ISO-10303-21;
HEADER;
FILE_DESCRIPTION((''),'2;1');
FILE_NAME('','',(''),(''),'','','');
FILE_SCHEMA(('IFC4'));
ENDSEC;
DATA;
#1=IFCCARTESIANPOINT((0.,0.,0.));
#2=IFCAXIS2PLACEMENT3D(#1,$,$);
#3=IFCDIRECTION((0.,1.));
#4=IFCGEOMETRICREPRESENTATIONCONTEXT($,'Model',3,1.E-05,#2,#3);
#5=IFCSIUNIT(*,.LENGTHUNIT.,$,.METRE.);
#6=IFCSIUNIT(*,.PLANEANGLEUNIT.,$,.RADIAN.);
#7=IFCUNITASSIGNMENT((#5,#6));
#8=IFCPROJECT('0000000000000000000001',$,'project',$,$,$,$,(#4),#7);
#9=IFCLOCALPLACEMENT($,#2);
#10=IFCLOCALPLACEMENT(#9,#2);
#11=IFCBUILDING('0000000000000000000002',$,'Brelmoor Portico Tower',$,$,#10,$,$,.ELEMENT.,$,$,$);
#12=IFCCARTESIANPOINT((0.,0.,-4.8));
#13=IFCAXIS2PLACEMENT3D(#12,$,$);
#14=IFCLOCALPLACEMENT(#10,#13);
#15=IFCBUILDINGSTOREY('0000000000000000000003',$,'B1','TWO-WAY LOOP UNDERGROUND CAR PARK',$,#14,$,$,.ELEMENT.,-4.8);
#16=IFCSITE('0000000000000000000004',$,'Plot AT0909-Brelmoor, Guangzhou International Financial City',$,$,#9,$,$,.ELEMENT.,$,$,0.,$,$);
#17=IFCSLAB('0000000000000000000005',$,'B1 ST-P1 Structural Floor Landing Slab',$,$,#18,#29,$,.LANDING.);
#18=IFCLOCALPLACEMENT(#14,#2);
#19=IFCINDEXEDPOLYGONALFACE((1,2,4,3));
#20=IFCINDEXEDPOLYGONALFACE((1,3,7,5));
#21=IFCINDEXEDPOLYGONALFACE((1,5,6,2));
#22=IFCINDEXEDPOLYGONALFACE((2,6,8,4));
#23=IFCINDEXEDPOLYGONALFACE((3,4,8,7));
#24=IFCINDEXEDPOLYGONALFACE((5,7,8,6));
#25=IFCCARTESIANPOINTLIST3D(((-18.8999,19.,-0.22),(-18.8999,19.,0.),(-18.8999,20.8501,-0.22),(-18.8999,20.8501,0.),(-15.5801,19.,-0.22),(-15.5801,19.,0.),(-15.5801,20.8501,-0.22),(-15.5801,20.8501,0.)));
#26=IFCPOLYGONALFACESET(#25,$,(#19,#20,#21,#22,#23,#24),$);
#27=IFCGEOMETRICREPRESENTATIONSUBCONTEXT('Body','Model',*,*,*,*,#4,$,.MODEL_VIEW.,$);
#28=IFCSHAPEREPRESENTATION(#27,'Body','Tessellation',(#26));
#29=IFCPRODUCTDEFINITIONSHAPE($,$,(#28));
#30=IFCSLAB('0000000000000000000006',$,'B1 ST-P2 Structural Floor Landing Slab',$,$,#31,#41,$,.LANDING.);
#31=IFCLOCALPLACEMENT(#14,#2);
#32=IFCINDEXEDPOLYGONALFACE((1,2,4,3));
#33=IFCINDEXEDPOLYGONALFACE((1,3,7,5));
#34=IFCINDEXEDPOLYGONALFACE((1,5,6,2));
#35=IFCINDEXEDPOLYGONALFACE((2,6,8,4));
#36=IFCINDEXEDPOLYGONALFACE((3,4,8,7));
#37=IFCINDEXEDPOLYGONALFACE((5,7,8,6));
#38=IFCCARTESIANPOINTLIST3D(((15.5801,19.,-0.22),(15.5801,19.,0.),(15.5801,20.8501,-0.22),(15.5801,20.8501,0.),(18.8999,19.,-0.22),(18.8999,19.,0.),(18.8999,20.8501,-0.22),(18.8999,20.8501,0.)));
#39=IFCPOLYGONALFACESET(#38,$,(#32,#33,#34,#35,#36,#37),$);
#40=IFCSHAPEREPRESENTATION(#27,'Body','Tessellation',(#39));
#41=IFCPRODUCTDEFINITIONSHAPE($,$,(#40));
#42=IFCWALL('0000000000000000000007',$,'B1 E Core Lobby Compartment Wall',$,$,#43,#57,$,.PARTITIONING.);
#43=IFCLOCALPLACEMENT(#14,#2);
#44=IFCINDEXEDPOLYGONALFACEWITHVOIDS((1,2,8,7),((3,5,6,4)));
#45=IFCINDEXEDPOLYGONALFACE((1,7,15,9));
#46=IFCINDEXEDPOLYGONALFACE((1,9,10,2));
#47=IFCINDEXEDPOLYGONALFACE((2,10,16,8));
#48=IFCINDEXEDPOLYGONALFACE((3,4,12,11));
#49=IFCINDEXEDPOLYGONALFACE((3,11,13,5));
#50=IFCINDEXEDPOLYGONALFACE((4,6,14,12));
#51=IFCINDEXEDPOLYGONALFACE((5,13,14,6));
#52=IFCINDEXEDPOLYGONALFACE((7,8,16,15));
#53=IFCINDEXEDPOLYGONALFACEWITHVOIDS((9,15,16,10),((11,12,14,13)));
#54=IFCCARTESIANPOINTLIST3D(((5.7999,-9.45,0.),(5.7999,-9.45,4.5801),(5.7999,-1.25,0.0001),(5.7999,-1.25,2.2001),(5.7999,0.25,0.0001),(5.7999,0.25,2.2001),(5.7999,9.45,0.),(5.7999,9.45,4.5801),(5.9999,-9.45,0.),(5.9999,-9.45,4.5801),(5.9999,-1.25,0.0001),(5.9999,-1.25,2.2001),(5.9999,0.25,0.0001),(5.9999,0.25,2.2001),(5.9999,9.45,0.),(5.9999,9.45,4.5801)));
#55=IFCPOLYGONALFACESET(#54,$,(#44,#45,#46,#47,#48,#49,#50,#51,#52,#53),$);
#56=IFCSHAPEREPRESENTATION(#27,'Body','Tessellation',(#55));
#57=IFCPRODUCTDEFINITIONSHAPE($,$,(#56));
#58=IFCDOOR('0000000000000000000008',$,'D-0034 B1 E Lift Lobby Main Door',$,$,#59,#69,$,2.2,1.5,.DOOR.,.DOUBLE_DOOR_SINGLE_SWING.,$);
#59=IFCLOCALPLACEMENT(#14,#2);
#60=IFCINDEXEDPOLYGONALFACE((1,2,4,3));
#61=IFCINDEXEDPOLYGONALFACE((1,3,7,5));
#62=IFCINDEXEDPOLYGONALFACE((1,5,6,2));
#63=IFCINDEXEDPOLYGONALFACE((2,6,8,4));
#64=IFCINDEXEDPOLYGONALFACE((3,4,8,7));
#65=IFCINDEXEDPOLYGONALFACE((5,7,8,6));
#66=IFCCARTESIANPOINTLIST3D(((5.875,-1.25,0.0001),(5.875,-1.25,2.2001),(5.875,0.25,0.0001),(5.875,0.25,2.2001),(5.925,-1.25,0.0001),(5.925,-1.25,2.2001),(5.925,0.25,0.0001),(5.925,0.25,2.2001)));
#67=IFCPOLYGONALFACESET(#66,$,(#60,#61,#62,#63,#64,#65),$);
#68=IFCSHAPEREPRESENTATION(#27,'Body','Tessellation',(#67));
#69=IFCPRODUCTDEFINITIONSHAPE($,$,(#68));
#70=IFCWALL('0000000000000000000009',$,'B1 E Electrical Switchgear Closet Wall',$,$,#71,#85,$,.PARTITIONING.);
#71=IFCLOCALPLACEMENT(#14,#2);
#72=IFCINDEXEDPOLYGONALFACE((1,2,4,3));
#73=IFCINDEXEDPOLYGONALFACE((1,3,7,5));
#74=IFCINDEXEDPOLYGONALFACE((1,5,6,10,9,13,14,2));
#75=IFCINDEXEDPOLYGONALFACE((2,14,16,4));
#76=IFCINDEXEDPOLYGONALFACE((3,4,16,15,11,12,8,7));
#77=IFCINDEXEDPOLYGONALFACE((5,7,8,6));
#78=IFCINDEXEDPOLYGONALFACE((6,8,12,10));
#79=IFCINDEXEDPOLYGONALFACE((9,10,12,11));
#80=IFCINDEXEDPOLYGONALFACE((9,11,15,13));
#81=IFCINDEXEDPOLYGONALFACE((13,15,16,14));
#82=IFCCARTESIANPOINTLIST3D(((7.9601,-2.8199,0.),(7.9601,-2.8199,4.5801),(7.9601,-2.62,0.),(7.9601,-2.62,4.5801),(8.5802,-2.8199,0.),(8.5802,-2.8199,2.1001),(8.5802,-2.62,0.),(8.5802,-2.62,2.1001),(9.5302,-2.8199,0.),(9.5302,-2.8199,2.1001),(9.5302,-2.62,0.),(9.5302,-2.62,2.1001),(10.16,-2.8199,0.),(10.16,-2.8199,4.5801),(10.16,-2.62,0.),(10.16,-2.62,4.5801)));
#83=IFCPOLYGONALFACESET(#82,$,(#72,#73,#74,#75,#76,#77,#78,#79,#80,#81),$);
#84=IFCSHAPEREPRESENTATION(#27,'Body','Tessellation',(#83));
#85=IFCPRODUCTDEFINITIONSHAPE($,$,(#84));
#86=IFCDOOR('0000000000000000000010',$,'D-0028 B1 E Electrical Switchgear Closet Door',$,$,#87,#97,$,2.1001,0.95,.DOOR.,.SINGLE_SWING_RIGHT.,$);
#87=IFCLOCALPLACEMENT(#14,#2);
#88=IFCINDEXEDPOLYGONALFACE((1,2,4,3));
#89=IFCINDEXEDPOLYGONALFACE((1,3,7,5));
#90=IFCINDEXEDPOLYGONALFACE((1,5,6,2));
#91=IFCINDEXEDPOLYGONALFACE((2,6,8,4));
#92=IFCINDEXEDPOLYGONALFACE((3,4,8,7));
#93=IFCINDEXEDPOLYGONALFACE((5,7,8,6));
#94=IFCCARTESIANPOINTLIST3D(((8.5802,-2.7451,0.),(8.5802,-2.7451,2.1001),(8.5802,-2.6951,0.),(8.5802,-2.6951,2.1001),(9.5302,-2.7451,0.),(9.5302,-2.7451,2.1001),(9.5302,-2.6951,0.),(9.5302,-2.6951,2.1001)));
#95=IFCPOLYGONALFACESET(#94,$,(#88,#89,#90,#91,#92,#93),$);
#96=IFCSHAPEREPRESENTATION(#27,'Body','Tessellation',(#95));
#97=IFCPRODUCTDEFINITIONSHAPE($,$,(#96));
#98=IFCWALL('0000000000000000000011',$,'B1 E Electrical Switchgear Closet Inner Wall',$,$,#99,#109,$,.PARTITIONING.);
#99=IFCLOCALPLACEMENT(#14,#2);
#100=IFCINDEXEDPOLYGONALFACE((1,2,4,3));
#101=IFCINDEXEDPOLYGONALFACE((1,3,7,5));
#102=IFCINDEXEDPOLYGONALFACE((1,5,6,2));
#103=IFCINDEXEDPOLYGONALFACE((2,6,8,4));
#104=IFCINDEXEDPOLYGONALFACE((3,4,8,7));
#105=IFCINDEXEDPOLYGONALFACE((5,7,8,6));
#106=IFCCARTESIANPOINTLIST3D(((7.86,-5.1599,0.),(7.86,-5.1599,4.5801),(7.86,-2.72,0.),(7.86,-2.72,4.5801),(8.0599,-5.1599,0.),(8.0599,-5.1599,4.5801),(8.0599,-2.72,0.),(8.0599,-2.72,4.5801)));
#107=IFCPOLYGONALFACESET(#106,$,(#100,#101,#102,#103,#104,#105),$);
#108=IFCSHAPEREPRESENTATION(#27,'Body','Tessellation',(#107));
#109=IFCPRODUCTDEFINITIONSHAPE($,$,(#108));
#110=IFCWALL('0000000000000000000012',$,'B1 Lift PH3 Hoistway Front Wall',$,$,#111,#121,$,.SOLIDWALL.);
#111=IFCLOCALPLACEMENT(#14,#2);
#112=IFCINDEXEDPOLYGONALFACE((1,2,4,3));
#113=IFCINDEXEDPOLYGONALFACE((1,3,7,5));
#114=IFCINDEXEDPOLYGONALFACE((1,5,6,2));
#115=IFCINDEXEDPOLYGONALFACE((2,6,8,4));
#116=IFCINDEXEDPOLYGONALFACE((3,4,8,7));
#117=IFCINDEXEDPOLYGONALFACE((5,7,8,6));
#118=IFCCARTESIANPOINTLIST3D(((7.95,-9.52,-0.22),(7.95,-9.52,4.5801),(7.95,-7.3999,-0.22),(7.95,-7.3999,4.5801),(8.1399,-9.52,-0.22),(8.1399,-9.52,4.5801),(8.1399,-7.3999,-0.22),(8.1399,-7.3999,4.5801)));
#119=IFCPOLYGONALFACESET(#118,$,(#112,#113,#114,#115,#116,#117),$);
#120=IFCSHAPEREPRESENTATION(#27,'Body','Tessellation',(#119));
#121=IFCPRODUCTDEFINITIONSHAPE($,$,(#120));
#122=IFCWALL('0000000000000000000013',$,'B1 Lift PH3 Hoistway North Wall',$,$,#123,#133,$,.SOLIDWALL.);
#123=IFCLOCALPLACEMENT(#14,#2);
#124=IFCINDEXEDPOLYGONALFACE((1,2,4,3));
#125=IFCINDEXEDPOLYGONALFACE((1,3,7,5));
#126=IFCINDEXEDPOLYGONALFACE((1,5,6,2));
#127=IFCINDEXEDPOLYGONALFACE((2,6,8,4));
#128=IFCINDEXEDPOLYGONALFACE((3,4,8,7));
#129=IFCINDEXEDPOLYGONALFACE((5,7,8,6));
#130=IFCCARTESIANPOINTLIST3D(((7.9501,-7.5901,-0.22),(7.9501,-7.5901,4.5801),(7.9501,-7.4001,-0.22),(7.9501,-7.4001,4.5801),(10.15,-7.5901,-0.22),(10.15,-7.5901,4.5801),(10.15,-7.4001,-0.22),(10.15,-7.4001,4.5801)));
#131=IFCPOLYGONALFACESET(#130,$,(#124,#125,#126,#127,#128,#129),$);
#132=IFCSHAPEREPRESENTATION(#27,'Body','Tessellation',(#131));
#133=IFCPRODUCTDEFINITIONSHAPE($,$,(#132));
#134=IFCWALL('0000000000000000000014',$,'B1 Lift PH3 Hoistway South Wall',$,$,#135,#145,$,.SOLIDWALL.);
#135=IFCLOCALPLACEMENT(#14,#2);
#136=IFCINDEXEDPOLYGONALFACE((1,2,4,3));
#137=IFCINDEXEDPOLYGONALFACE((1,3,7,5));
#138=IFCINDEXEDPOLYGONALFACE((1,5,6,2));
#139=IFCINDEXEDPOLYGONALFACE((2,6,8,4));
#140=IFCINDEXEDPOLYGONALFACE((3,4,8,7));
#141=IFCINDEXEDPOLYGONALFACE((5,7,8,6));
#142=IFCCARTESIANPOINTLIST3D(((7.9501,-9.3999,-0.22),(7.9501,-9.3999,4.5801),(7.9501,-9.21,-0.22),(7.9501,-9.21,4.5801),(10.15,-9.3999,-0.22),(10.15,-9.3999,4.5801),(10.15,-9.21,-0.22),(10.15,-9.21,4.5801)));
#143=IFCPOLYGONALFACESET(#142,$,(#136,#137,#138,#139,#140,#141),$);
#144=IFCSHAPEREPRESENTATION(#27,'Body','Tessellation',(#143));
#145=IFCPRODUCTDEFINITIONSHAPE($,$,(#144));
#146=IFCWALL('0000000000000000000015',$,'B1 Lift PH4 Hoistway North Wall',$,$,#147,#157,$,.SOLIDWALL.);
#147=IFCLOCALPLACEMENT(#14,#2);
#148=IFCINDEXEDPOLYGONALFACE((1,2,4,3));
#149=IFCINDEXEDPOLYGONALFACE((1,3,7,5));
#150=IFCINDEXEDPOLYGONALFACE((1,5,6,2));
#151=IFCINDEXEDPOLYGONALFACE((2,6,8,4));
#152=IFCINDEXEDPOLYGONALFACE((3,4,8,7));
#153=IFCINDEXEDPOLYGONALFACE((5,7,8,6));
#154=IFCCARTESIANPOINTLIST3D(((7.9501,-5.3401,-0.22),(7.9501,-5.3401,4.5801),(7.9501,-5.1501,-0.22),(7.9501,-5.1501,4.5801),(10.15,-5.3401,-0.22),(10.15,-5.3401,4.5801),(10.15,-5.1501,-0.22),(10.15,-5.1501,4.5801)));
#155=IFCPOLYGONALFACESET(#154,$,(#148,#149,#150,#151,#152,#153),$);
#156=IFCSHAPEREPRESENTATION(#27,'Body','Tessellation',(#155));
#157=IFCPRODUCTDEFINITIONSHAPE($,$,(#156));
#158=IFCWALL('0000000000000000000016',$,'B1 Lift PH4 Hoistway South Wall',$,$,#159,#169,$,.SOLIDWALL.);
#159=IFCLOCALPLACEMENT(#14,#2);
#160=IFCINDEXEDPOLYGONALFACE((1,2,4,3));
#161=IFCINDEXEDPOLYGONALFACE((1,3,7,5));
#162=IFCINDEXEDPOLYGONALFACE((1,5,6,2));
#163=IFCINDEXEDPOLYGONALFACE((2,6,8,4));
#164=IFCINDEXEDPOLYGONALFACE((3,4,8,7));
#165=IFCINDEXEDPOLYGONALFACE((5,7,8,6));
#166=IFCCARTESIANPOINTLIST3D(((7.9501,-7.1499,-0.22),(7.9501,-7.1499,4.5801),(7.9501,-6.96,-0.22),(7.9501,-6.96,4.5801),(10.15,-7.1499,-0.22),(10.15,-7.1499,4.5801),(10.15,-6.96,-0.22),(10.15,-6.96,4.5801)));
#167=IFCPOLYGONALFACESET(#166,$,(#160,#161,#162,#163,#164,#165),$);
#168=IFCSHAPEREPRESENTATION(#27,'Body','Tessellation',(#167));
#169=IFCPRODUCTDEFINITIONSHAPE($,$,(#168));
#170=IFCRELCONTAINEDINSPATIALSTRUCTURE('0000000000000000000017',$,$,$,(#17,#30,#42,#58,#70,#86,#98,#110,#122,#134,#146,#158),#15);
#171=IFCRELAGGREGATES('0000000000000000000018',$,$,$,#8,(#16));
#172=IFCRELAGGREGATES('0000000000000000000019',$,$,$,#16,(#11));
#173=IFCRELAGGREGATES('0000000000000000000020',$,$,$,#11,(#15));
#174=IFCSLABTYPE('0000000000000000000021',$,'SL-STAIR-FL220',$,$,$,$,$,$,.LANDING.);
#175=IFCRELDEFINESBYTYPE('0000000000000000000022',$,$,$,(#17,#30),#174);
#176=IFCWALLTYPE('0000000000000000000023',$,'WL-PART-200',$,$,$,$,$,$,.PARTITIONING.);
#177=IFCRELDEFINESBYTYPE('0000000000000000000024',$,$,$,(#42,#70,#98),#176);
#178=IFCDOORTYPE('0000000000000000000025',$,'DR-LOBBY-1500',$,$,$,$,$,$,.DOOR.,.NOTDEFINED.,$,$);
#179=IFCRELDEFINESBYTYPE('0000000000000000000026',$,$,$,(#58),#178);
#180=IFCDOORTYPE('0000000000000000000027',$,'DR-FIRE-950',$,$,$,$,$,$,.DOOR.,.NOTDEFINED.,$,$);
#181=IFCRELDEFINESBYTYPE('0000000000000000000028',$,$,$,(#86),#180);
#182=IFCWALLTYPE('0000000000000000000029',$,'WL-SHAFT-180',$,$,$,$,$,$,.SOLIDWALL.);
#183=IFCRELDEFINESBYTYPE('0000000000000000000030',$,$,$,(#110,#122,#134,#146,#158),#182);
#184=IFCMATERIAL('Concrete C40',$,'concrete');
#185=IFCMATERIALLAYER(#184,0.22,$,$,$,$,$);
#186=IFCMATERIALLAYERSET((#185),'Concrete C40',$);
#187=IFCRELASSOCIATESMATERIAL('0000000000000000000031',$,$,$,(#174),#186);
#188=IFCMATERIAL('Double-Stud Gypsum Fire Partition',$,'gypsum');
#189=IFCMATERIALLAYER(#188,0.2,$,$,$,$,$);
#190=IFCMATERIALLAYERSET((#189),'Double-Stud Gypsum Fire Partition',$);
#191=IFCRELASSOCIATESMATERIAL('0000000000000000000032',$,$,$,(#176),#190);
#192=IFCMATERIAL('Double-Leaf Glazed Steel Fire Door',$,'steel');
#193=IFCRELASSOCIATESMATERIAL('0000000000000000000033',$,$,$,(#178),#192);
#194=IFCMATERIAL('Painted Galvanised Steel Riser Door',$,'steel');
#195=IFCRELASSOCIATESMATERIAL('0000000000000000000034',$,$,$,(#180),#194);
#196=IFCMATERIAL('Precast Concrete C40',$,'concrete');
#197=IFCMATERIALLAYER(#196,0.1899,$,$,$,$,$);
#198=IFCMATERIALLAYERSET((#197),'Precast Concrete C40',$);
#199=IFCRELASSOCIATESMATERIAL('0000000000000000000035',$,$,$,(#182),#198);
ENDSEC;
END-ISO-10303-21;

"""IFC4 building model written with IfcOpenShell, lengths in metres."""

from ifc_helpers import new_model, si_unit, direction, frame, frame_2d, origin, place, context, subcontext, project, spatial, polyline, rectangle, outline, extrude, material, layer, layer_set, type_object, element, fill, save


model = new_model("IFC4")

# Units and contexts
model_context = context("Model", 3, precision=1e-05, world=origin(), true_north=direction((0.0, 1.0)))
body_context = subcontext(model_context, "Body", "Model", "MODEL_VIEW")
ifc_project = project(units=[si_unit("LENGTHUNIT", "METRE"), si_unit("PLANEANGLEUNIT", "RADIAN")], contexts=[model_context])

# Site, building, storey
site_placement = place(None, origin())
site = spatial("IfcSite", under=ifc_project, at=site_placement, Name="Plot AT0909-Brelmoor, Guangzhou International Financial City", CompositionType="ELEMENT", RefElevation=0.0)
building_placement = place(site_placement, origin())
building = spatial("IfcBuilding", under=site, at=building_placement, Name="Brelmoor Portico Tower", CompositionType="ELEMENT")
storey_placement = place(building_placement, frame((0.0, 0.0, -4.8)))
storey = spatial("IfcBuildingStorey", under=building, at=storey_placement, Name="B1", Description="TWO-WAY LOOP UNDERGROUND CAR PARK", CompositionType="ELEMENT", Elevation=-4.8)

# Shared definitions
ifc_material_1 = material(Name="Concrete C40", Category="concrete")

# Slabs
ifc_layer_1 = layer(ifc_material_1, 0.22)
ifc_layer_set_1 = layer_set([ifc_layer_1], Name="Concrete C40")
slab_type_1 = type_object("IfcSlabType", Name="SL-STAIR-FL220", PredefinedType="LANDING", material=ifc_layer_set_1)
slab_1_placement = place(storey_placement, frame((0.0, 0.0, -0.22)))
element("IfcSlab", 1, at=slab_1_placement, inside=storey, type_object=slab_type_1, Name="B1 ST-P1 Structural Floor Landing Slab", PredefinedType="LANDING", context=body_context, shape_type="SweptSolid", body=[
    extrude(outline(polyline([(-15.5801, 19.0), (-15.5801, 20.8501), (-18.8999, 20.8501), (-18.8999, 19.0), (-15.5801, 19.0)])), origin(), (0.0, 0.0, 1.0), 0.22),
])
slab_2_placement = place(storey_placement, frame((0.0, 0.0, -0.22)))
element("IfcSlab", 2, at=slab_2_placement, inside=storey, type_object=slab_type_1, Name="B1 ST-P2 Structural Floor Landing Slab", PredefinedType="LANDING", context=body_context, shape_type="SweptSolid", body=[
    extrude(outline(polyline([(18.8999, 19.0), (18.8999, 20.8501), (15.5801, 20.8501), (15.5801, 19.0), (18.8999, 19.0)])), origin(), (0.0, 0.0, 1.0), 0.22),
])

# Walls, openings, doors
ifc_material_2 = material(Name="Double-Stud Gypsum Fire Partition", Category="gypsum")
ifc_layer_2 = layer(ifc_material_2, 0.2)
ifc_layer_set_2 = layer_set([ifc_layer_2], Name="Double-Stud Gypsum Fire Partition")
wall_type_1 = type_object("IfcWallType", Name="WL-PART-200", PredefinedType="PARTITIONING", material=ifc_layer_set_2)
wall_1_placement = place(storey_placement, frame((5.8999, -9.45, 0.0), z_axis=(0.0, 0.0, 1.0), x_axis=(0.0, 1.0, 0.0)))
wall_1 = element("IfcWall", 3, at=wall_1_placement, inside=storey, type_object=wall_type_1, Name="B1 E Core Lobby Compartment Wall", PredefinedType="PARTITIONING", context=body_context, shape_type="SweptSolid", body=[
    extrude(rectangle(XDim=18.8999, YDim=0.2, at=frame_2d((9.45, 0.0))), origin(), (0.0, 0.0, 1.0), 4.5801),
])
opening_1_placement = place(wall_1_placement, frame((8.2, 0.0, 0.0)))
opening_1 = element("IfcOpeningElement", 4, at=opening_1_placement, cuts=wall_1, PredefinedType="OPENING", context=body_context, shape_type="SweptSolid", body=[
    extrude(rectangle(XDim=1.5, YDim=2.2, at=frame_2d((0.75, 1.1001))), frame((0.0, 0.1099, 0.0), z_axis=(0.0, -1.0, 0.0), x_axis=(1.0, 0.0, 0.0)), (0.0, 0.0, 1.0), 0.22),
])
ifc_material_3 = material(Name="Double-Leaf Glazed Steel Fire Door", Category="steel")
door_type_1 = type_object("IfcDoorType", Name="DR-LOBBY-1500", OperationType="NOTDEFINED", PredefinedType="DOOR", material=ifc_material_3)
door_1_placement = place(opening_1_placement, origin())
door_1 = element("IfcDoor", 5, at=door_1_placement, inside=storey, type_object=door_type_1, Name="D-0034 B1 E Lift Lobby Main Door", OperationType="DOUBLE_DOOR_SINGLE_SWING", OverallHeight=2.2, OverallWidth=1.5, PredefinedType="DOOR", context=body_context, shape_type="SweptSolid", body=[
    extrude(rectangle(XDim=1.5, YDim=2.2, at=frame_2d((0.75, 1.1001))), frame((0.0, 0.0249, 0.0), z_axis=(0.0, -1.0, 0.0), x_axis=(1.0, 0.0, 0.0)), (0.0, 0.0, 1.0), 0.05),
])
fill(opening_1, door_1)
wall_2_placement = place(storey_placement, frame((7.96, -2.72, 0.0), z_axis=(0.0, 0.0, 1.0), x_axis=(1.0, 0.0, 0.0)))
wall_2 = element("IfcWall", 6, at=wall_2_placement, inside=storey, type_object=wall_type_1, Name="B1 E Electrical Switchgear Closet Wall", PredefinedType="PARTITIONING", context=body_context, shape_type="SweptSolid", body=[
    extrude(rectangle(XDim=2.2, YDim=0.2, at=frame_2d((1.1001, 0.0))), origin(), (0.0, 0.0, 1.0), 4.5801),
])
opening_2_placement = place(wall_2_placement, frame((0.6201, 0.0, 0.0)))
opening_2 = element("IfcOpeningElement", 7, at=opening_2_placement, cuts=wall_2, PredefinedType="OPENING", context=body_context, shape_type="SweptSolid", body=[
    extrude(rectangle(XDim=0.95, YDim=2.1001, at=frame_2d((0.4751, 1.05))), frame((0.0, 0.1099, 0.0), z_axis=(0.0, -1.0, 0.0), x_axis=(1.0, 0.0, 0.0)), (0.0, 0.0, 1.0), 0.22),
])
ifc_material_4 = material(Name="Painted Galvanised Steel Riser Door", Category="steel")
door_type_2 = type_object("IfcDoorType", Name="DR-FIRE-950", OperationType="NOTDEFINED", PredefinedType="DOOR", material=ifc_material_4)
door_2_placement = place(opening_2_placement, origin())
door_2 = element("IfcDoor", 8, at=door_2_placement, inside=storey, type_object=door_type_2, Name="D-0028 B1 E Electrical Switchgear Closet Door", OperationType="SINGLE_SWING_RIGHT", OverallHeight=2.1001, OverallWidth=0.95, PredefinedType="DOOR", context=body_context, shape_type="SweptSolid", body=[
    extrude(rectangle(XDim=0.95, YDim=2.1001, at=frame_2d((0.4751, 1.05))), frame((0.0, 0.0249, 0.0), z_axis=(0.0, -1.0, 0.0), x_axis=(1.0, 0.0, 0.0)), (0.0, 0.0, 1.0), 0.05),
])
fill(opening_2, door_2)

# Wall
wall_3_placement = place(storey_placement, frame((7.96, -5.1599, 0.0), z_axis=(0.0, 0.0, 1.0), x_axis=(0.0, 1.0, 0.0)))
element("IfcWall", 9, at=wall_3_placement, inside=storey, type_object=wall_type_1, Name="B1 E Electrical Switchgear Closet Inner Wall", PredefinedType="PARTITIONING", context=body_context, shape_type="SweptSolid", body=[
    extrude(rectangle(XDim=2.4399, YDim=0.2, at=frame_2d((1.22, 0.0))), origin(), (0.0, 0.0, 1.0), 4.5801),
])

# Walls
ifc_material_5 = material(Name="Precast Concrete C40", Category="concrete")
ifc_layer_3 = layer(ifc_material_5, 0.1899)
ifc_layer_set_3 = layer_set([ifc_layer_3], Name="Precast Concrete C40")
wall_type_2 = type_object("IfcWallType", Name="WL-SHAFT-180", PredefinedType="SOLIDWALL", material=ifc_layer_set_3)
wall_4_placement = place(storey_placement, frame((8.0449, -9.52, -0.22), z_axis=(0.0, 0.0, 1.0), x_axis=(0.0, 1.0, 0.0)))
element("IfcWall", 10, at=wall_4_placement, inside=storey, type_object=wall_type_2, Name="B1 Lift PH3 Hoistway Front Wall", PredefinedType="SOLIDWALL", context=body_context, shape_type="SweptSolid", body=[
    extrude(rectangle(XDim=2.1201, YDim=0.1899, at=frame_2d((1.0601, 0.0))), origin(), (0.0, 0.0, 1.0), 4.8),
])
for number, where, z_axis, x_axis, name in (
    (11, (7.95, -7.4951, -0.22), (0.0, 0.0, 1.0), (1.0, 0.0, 0.0), "B1 Lift PH3 Hoistway North Wall"),
    (12, (7.95, -9.3049, -0.22), (0.0, 0.0, 1.0), (1.0, 0.0, 0.0), "B1 Lift PH3 Hoistway South Wall"),
    (13, (7.95, -5.2451, -0.22), (0.0, 0.0, 1.0), (1.0, 0.0, 0.0), "B1 Lift PH4 Hoistway North Wall"),
    (14, (7.95, -7.0549, -0.22), (0.0, 0.0, 1.0), (1.0, 0.0, 0.0), "B1 Lift PH4 Hoistway South Wall"),
):
    element("IfcWall", number, at=place(storey_placement, frame(where, z_axis=z_axis, x_axis=x_axis)), inside=storey, type_object=wall_type_2, Name=name, PredefinedType="SOLIDWALL", context=body_context, shape_type="SweptSolid", body=[
        extrude(rectangle(XDim=2.2, YDim=0.1899, at=frame_2d((1.1001, 0.0))), origin(), (0.0, 0.0, 1.0), 4.8),
    ])

save(model, "model.ifc")
